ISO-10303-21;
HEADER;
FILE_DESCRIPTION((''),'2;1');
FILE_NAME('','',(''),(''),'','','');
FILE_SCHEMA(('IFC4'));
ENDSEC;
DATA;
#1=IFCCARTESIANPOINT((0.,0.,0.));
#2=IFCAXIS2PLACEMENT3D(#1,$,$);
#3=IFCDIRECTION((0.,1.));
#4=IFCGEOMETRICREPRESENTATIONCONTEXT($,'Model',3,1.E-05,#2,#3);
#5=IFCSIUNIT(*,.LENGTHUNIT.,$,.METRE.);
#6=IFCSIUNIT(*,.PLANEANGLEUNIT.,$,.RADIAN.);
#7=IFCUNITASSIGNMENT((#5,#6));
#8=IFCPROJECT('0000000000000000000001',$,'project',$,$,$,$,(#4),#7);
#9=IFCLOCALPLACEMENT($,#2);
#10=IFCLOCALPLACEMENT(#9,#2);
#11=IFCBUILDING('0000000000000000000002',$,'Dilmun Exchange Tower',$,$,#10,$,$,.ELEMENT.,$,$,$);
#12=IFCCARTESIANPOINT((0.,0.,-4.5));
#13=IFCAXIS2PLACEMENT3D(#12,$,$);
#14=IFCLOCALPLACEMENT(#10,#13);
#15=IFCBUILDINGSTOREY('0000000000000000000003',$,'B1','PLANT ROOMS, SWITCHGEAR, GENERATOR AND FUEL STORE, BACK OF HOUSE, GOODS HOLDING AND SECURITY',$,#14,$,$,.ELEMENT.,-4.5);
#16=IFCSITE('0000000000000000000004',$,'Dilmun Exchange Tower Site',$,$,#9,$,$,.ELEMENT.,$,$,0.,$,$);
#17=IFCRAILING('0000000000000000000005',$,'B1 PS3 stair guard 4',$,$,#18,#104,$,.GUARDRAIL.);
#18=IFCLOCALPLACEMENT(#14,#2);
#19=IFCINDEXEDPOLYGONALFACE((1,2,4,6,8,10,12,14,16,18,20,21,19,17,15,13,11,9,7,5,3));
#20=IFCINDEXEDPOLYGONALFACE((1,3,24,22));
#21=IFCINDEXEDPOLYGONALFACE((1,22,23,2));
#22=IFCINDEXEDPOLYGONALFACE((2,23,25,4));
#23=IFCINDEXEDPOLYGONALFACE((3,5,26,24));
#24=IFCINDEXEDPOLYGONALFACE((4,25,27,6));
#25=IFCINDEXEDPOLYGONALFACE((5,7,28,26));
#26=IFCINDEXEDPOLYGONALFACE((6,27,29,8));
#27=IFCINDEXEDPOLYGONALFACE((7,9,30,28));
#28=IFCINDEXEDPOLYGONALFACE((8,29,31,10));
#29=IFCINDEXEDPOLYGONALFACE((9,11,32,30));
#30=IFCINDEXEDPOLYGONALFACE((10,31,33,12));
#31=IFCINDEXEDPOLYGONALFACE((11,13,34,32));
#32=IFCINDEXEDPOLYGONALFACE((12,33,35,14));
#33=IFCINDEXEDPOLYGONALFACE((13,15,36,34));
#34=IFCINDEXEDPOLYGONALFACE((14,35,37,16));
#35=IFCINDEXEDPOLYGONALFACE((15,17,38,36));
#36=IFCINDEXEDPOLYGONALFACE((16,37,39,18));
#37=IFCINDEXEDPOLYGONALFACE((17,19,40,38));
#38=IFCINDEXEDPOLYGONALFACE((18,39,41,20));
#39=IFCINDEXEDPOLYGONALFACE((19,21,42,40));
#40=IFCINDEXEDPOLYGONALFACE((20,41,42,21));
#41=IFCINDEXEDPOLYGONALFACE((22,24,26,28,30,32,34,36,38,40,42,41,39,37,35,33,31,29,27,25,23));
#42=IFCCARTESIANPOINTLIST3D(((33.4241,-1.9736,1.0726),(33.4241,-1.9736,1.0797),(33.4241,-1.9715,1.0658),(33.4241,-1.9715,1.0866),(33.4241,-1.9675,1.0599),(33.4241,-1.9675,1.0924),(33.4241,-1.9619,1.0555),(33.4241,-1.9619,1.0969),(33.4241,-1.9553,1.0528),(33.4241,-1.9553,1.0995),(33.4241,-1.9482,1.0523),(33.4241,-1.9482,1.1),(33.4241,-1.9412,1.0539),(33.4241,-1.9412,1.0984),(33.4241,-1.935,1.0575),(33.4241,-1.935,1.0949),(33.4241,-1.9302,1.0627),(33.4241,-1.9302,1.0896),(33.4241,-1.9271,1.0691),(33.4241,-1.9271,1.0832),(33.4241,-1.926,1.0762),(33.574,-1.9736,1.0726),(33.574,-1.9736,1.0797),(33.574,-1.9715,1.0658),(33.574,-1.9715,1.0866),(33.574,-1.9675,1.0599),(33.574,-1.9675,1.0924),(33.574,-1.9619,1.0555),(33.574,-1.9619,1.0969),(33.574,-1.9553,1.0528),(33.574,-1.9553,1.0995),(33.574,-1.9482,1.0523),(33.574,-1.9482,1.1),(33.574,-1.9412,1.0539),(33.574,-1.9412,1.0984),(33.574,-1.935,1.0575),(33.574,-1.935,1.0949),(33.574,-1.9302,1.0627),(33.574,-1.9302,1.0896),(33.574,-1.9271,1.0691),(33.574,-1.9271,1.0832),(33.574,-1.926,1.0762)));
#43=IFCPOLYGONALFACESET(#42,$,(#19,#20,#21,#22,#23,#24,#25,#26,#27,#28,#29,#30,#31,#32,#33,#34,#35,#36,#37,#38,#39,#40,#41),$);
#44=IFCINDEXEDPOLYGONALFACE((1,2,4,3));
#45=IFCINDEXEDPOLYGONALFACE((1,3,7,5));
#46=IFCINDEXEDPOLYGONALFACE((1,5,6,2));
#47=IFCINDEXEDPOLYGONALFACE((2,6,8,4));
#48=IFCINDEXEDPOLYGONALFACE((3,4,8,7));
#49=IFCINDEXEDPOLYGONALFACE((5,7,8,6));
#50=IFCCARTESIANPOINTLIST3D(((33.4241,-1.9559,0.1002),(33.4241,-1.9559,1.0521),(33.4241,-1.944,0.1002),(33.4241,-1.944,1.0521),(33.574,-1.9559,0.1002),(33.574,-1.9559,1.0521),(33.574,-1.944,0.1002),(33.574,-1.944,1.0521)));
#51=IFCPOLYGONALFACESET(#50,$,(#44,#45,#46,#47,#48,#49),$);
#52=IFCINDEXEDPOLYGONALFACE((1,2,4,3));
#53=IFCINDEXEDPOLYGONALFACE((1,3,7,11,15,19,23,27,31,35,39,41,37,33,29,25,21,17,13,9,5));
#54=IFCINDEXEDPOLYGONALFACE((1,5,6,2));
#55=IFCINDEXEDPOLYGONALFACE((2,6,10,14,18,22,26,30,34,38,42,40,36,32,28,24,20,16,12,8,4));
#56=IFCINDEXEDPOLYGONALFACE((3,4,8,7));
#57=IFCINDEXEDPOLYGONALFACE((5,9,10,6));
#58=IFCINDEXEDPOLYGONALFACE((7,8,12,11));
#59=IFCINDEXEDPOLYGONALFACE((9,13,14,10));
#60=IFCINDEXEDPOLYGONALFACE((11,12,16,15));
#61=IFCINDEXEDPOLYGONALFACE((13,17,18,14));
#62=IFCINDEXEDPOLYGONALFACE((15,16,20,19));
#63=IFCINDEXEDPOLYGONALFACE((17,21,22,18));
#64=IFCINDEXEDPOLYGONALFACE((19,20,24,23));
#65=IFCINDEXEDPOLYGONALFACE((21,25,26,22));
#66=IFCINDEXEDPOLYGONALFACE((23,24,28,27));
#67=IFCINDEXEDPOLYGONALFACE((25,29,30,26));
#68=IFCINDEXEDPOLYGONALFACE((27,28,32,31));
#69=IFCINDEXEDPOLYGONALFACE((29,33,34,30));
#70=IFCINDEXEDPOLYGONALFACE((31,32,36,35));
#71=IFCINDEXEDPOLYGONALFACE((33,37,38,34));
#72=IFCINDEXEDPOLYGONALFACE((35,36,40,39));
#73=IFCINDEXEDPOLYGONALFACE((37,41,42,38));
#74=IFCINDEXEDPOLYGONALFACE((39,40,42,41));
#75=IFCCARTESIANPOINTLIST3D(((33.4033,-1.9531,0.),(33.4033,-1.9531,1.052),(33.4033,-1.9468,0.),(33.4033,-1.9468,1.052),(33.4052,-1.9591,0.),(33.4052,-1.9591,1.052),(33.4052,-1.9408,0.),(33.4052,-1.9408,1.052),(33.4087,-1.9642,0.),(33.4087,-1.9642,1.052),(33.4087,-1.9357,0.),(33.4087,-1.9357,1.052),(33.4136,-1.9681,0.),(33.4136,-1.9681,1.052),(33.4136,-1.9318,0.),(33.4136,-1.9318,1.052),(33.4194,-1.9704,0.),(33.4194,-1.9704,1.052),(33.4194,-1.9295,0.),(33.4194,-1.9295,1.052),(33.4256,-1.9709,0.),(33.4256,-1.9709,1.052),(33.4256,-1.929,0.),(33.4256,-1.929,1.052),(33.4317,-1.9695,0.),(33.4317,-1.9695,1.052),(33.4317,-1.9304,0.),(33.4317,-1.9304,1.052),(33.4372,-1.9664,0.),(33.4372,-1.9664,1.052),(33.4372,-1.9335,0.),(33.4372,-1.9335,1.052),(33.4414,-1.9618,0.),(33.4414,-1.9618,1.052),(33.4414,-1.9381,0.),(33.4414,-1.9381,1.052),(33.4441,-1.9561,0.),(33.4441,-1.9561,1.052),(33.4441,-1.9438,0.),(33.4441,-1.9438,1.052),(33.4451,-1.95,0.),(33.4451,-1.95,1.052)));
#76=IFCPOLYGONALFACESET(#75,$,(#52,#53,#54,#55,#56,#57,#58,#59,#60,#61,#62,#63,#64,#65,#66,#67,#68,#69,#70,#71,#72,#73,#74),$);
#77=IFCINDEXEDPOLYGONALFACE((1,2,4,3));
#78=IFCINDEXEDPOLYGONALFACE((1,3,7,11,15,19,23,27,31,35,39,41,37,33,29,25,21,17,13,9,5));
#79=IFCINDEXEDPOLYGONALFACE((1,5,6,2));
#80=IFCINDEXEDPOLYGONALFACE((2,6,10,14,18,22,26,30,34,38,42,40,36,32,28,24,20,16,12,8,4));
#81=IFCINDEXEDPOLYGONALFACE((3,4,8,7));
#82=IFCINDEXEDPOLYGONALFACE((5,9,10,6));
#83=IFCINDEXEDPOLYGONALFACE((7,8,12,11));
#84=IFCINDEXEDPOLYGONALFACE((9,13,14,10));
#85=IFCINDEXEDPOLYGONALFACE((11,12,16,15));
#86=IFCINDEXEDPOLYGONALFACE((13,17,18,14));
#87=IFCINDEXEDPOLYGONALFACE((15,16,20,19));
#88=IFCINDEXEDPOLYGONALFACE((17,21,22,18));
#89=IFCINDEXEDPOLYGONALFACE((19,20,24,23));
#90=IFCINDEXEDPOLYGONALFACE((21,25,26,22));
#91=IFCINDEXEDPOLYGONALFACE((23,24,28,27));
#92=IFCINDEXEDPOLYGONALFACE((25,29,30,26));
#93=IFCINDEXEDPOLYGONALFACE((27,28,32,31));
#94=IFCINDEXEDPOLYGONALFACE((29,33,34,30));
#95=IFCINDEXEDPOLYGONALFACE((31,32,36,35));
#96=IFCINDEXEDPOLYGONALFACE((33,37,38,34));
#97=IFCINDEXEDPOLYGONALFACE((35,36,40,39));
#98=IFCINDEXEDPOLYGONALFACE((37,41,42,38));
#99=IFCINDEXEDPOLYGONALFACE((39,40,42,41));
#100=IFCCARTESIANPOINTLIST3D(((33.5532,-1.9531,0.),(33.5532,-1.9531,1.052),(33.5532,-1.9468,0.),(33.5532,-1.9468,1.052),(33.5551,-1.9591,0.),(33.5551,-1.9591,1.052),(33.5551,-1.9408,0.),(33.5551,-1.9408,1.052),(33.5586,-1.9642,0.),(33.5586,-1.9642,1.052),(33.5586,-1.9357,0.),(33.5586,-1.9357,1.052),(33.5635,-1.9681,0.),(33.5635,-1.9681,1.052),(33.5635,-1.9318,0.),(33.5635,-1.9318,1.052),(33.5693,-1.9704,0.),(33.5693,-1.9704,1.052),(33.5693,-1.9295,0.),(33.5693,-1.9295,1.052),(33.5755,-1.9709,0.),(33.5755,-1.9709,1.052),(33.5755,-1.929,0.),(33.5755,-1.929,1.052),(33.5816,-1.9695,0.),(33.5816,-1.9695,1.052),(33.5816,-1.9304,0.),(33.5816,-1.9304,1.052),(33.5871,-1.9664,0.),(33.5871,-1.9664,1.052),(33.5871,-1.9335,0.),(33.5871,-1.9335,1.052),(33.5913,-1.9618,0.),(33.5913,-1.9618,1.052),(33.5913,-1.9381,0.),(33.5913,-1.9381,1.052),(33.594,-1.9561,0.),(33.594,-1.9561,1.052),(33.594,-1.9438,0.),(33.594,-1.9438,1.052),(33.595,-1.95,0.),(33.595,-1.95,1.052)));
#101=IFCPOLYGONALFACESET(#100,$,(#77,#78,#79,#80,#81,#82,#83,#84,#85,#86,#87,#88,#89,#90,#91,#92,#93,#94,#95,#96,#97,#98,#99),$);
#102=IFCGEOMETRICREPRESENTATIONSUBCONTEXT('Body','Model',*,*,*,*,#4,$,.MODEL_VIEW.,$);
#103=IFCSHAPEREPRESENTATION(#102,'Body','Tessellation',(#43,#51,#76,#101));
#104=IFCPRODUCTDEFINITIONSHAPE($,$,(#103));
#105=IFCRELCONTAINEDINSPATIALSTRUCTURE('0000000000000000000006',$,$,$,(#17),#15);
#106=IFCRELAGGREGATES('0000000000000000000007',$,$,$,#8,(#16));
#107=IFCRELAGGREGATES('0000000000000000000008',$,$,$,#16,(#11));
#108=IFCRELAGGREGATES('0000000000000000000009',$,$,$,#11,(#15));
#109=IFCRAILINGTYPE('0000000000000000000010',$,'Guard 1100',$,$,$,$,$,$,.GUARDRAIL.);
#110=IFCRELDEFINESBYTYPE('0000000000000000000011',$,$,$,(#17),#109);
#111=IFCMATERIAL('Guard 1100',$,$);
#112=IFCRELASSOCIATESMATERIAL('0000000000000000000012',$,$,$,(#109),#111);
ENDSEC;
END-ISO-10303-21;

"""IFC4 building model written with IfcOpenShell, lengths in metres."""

from ifc_helpers import new_model, si_unit, direction, frame, origin, origin_2d, place, context, subcontext, project, spatial, rectangle, circle, extrude, material, type_object, element, save


model = new_model("IFC4")

# Units and contexts
model_context = context("Model", 3, precision=1e-05, world=origin(), true_north=direction((0.0, 1.0)))
body_context = subcontext(model_context, "Body", "Model", "MODEL_VIEW")
ifc_project = project(units=[si_unit("LENGTHUNIT", "METRE"), si_unit("PLANEANGLEUNIT", "RADIAN")], contexts=[model_context])

# Site, building, storey
site_placement = place(None, origin())
site = spatial("IfcSite", under=ifc_project, at=site_placement, Name="Dilmun Exchange Tower Site", CompositionType="ELEMENT", RefElevation=0.0)
building_placement = place(site_placement, origin())
building = spatial("IfcBuilding", under=site, at=building_placement, Name="Dilmun Exchange Tower", CompositionType="ELEMENT")
storey_placement = place(building_placement, frame((0.0, 0.0, -4.5)))
storey = spatial("IfcBuildingStorey", under=building, at=storey_placement, Name="B1", Description="PLANT ROOMS, SWITCHGEAR, GENERATOR AND FUEL STORE, BACK OF HOUSE, GOODS HOLDING AND SECURITY", CompositionType="ELEMENT", Elevation=-4.5)

# Railing
ifc_material_1 = material(Name="Guard 1100")
railing_type_1 = type_object("IfcRailingType", Name="Guard 1100", PredefinedType="GUARDRAIL", material=ifc_material_1)
railing_1_placement = place(storey_placement, frame((33.4241, -1.95, 0.0)))
element("IfcRailing", 1, at=railing_1_placement, inside=storey, type_object=railing_type_1, Name="B1 PS3 stair guard 4", PredefinedType="GUARDRAIL", context=body_context, shape_type="SweptSolid", body=[
    extrude(circle(Radius=0.0239, at=origin_2d()), frame((0.0, 0.0, 1.0762), z_axis=(1.0, 0.0, 0.0), x_axis=(0.0, 1.0, 0.0)), (0.0, 0.0, 1.0), 0.1499),
    extrude(rectangle(XDim=0.012, YDim=0.9519, at=origin_2d()), frame((0.0, 0.0, 0.5762), z_axis=(1.0, 0.0, 0.0), x_axis=(0.0, 1.0, 0.0)), (0.0, 0.0, 1.0), 0.1499),
    extrude(circle(Radius=0.021, at=origin_2d()), origin(), (0.0, 0.0, 1.0), 1.052),
    extrude(circle(Radius=0.021, at=origin_2d()), frame((0.1499, 0.0, 0.0)), (0.0, 0.0, 1.0), 1.052),
])

save(model, "model.ifc")
